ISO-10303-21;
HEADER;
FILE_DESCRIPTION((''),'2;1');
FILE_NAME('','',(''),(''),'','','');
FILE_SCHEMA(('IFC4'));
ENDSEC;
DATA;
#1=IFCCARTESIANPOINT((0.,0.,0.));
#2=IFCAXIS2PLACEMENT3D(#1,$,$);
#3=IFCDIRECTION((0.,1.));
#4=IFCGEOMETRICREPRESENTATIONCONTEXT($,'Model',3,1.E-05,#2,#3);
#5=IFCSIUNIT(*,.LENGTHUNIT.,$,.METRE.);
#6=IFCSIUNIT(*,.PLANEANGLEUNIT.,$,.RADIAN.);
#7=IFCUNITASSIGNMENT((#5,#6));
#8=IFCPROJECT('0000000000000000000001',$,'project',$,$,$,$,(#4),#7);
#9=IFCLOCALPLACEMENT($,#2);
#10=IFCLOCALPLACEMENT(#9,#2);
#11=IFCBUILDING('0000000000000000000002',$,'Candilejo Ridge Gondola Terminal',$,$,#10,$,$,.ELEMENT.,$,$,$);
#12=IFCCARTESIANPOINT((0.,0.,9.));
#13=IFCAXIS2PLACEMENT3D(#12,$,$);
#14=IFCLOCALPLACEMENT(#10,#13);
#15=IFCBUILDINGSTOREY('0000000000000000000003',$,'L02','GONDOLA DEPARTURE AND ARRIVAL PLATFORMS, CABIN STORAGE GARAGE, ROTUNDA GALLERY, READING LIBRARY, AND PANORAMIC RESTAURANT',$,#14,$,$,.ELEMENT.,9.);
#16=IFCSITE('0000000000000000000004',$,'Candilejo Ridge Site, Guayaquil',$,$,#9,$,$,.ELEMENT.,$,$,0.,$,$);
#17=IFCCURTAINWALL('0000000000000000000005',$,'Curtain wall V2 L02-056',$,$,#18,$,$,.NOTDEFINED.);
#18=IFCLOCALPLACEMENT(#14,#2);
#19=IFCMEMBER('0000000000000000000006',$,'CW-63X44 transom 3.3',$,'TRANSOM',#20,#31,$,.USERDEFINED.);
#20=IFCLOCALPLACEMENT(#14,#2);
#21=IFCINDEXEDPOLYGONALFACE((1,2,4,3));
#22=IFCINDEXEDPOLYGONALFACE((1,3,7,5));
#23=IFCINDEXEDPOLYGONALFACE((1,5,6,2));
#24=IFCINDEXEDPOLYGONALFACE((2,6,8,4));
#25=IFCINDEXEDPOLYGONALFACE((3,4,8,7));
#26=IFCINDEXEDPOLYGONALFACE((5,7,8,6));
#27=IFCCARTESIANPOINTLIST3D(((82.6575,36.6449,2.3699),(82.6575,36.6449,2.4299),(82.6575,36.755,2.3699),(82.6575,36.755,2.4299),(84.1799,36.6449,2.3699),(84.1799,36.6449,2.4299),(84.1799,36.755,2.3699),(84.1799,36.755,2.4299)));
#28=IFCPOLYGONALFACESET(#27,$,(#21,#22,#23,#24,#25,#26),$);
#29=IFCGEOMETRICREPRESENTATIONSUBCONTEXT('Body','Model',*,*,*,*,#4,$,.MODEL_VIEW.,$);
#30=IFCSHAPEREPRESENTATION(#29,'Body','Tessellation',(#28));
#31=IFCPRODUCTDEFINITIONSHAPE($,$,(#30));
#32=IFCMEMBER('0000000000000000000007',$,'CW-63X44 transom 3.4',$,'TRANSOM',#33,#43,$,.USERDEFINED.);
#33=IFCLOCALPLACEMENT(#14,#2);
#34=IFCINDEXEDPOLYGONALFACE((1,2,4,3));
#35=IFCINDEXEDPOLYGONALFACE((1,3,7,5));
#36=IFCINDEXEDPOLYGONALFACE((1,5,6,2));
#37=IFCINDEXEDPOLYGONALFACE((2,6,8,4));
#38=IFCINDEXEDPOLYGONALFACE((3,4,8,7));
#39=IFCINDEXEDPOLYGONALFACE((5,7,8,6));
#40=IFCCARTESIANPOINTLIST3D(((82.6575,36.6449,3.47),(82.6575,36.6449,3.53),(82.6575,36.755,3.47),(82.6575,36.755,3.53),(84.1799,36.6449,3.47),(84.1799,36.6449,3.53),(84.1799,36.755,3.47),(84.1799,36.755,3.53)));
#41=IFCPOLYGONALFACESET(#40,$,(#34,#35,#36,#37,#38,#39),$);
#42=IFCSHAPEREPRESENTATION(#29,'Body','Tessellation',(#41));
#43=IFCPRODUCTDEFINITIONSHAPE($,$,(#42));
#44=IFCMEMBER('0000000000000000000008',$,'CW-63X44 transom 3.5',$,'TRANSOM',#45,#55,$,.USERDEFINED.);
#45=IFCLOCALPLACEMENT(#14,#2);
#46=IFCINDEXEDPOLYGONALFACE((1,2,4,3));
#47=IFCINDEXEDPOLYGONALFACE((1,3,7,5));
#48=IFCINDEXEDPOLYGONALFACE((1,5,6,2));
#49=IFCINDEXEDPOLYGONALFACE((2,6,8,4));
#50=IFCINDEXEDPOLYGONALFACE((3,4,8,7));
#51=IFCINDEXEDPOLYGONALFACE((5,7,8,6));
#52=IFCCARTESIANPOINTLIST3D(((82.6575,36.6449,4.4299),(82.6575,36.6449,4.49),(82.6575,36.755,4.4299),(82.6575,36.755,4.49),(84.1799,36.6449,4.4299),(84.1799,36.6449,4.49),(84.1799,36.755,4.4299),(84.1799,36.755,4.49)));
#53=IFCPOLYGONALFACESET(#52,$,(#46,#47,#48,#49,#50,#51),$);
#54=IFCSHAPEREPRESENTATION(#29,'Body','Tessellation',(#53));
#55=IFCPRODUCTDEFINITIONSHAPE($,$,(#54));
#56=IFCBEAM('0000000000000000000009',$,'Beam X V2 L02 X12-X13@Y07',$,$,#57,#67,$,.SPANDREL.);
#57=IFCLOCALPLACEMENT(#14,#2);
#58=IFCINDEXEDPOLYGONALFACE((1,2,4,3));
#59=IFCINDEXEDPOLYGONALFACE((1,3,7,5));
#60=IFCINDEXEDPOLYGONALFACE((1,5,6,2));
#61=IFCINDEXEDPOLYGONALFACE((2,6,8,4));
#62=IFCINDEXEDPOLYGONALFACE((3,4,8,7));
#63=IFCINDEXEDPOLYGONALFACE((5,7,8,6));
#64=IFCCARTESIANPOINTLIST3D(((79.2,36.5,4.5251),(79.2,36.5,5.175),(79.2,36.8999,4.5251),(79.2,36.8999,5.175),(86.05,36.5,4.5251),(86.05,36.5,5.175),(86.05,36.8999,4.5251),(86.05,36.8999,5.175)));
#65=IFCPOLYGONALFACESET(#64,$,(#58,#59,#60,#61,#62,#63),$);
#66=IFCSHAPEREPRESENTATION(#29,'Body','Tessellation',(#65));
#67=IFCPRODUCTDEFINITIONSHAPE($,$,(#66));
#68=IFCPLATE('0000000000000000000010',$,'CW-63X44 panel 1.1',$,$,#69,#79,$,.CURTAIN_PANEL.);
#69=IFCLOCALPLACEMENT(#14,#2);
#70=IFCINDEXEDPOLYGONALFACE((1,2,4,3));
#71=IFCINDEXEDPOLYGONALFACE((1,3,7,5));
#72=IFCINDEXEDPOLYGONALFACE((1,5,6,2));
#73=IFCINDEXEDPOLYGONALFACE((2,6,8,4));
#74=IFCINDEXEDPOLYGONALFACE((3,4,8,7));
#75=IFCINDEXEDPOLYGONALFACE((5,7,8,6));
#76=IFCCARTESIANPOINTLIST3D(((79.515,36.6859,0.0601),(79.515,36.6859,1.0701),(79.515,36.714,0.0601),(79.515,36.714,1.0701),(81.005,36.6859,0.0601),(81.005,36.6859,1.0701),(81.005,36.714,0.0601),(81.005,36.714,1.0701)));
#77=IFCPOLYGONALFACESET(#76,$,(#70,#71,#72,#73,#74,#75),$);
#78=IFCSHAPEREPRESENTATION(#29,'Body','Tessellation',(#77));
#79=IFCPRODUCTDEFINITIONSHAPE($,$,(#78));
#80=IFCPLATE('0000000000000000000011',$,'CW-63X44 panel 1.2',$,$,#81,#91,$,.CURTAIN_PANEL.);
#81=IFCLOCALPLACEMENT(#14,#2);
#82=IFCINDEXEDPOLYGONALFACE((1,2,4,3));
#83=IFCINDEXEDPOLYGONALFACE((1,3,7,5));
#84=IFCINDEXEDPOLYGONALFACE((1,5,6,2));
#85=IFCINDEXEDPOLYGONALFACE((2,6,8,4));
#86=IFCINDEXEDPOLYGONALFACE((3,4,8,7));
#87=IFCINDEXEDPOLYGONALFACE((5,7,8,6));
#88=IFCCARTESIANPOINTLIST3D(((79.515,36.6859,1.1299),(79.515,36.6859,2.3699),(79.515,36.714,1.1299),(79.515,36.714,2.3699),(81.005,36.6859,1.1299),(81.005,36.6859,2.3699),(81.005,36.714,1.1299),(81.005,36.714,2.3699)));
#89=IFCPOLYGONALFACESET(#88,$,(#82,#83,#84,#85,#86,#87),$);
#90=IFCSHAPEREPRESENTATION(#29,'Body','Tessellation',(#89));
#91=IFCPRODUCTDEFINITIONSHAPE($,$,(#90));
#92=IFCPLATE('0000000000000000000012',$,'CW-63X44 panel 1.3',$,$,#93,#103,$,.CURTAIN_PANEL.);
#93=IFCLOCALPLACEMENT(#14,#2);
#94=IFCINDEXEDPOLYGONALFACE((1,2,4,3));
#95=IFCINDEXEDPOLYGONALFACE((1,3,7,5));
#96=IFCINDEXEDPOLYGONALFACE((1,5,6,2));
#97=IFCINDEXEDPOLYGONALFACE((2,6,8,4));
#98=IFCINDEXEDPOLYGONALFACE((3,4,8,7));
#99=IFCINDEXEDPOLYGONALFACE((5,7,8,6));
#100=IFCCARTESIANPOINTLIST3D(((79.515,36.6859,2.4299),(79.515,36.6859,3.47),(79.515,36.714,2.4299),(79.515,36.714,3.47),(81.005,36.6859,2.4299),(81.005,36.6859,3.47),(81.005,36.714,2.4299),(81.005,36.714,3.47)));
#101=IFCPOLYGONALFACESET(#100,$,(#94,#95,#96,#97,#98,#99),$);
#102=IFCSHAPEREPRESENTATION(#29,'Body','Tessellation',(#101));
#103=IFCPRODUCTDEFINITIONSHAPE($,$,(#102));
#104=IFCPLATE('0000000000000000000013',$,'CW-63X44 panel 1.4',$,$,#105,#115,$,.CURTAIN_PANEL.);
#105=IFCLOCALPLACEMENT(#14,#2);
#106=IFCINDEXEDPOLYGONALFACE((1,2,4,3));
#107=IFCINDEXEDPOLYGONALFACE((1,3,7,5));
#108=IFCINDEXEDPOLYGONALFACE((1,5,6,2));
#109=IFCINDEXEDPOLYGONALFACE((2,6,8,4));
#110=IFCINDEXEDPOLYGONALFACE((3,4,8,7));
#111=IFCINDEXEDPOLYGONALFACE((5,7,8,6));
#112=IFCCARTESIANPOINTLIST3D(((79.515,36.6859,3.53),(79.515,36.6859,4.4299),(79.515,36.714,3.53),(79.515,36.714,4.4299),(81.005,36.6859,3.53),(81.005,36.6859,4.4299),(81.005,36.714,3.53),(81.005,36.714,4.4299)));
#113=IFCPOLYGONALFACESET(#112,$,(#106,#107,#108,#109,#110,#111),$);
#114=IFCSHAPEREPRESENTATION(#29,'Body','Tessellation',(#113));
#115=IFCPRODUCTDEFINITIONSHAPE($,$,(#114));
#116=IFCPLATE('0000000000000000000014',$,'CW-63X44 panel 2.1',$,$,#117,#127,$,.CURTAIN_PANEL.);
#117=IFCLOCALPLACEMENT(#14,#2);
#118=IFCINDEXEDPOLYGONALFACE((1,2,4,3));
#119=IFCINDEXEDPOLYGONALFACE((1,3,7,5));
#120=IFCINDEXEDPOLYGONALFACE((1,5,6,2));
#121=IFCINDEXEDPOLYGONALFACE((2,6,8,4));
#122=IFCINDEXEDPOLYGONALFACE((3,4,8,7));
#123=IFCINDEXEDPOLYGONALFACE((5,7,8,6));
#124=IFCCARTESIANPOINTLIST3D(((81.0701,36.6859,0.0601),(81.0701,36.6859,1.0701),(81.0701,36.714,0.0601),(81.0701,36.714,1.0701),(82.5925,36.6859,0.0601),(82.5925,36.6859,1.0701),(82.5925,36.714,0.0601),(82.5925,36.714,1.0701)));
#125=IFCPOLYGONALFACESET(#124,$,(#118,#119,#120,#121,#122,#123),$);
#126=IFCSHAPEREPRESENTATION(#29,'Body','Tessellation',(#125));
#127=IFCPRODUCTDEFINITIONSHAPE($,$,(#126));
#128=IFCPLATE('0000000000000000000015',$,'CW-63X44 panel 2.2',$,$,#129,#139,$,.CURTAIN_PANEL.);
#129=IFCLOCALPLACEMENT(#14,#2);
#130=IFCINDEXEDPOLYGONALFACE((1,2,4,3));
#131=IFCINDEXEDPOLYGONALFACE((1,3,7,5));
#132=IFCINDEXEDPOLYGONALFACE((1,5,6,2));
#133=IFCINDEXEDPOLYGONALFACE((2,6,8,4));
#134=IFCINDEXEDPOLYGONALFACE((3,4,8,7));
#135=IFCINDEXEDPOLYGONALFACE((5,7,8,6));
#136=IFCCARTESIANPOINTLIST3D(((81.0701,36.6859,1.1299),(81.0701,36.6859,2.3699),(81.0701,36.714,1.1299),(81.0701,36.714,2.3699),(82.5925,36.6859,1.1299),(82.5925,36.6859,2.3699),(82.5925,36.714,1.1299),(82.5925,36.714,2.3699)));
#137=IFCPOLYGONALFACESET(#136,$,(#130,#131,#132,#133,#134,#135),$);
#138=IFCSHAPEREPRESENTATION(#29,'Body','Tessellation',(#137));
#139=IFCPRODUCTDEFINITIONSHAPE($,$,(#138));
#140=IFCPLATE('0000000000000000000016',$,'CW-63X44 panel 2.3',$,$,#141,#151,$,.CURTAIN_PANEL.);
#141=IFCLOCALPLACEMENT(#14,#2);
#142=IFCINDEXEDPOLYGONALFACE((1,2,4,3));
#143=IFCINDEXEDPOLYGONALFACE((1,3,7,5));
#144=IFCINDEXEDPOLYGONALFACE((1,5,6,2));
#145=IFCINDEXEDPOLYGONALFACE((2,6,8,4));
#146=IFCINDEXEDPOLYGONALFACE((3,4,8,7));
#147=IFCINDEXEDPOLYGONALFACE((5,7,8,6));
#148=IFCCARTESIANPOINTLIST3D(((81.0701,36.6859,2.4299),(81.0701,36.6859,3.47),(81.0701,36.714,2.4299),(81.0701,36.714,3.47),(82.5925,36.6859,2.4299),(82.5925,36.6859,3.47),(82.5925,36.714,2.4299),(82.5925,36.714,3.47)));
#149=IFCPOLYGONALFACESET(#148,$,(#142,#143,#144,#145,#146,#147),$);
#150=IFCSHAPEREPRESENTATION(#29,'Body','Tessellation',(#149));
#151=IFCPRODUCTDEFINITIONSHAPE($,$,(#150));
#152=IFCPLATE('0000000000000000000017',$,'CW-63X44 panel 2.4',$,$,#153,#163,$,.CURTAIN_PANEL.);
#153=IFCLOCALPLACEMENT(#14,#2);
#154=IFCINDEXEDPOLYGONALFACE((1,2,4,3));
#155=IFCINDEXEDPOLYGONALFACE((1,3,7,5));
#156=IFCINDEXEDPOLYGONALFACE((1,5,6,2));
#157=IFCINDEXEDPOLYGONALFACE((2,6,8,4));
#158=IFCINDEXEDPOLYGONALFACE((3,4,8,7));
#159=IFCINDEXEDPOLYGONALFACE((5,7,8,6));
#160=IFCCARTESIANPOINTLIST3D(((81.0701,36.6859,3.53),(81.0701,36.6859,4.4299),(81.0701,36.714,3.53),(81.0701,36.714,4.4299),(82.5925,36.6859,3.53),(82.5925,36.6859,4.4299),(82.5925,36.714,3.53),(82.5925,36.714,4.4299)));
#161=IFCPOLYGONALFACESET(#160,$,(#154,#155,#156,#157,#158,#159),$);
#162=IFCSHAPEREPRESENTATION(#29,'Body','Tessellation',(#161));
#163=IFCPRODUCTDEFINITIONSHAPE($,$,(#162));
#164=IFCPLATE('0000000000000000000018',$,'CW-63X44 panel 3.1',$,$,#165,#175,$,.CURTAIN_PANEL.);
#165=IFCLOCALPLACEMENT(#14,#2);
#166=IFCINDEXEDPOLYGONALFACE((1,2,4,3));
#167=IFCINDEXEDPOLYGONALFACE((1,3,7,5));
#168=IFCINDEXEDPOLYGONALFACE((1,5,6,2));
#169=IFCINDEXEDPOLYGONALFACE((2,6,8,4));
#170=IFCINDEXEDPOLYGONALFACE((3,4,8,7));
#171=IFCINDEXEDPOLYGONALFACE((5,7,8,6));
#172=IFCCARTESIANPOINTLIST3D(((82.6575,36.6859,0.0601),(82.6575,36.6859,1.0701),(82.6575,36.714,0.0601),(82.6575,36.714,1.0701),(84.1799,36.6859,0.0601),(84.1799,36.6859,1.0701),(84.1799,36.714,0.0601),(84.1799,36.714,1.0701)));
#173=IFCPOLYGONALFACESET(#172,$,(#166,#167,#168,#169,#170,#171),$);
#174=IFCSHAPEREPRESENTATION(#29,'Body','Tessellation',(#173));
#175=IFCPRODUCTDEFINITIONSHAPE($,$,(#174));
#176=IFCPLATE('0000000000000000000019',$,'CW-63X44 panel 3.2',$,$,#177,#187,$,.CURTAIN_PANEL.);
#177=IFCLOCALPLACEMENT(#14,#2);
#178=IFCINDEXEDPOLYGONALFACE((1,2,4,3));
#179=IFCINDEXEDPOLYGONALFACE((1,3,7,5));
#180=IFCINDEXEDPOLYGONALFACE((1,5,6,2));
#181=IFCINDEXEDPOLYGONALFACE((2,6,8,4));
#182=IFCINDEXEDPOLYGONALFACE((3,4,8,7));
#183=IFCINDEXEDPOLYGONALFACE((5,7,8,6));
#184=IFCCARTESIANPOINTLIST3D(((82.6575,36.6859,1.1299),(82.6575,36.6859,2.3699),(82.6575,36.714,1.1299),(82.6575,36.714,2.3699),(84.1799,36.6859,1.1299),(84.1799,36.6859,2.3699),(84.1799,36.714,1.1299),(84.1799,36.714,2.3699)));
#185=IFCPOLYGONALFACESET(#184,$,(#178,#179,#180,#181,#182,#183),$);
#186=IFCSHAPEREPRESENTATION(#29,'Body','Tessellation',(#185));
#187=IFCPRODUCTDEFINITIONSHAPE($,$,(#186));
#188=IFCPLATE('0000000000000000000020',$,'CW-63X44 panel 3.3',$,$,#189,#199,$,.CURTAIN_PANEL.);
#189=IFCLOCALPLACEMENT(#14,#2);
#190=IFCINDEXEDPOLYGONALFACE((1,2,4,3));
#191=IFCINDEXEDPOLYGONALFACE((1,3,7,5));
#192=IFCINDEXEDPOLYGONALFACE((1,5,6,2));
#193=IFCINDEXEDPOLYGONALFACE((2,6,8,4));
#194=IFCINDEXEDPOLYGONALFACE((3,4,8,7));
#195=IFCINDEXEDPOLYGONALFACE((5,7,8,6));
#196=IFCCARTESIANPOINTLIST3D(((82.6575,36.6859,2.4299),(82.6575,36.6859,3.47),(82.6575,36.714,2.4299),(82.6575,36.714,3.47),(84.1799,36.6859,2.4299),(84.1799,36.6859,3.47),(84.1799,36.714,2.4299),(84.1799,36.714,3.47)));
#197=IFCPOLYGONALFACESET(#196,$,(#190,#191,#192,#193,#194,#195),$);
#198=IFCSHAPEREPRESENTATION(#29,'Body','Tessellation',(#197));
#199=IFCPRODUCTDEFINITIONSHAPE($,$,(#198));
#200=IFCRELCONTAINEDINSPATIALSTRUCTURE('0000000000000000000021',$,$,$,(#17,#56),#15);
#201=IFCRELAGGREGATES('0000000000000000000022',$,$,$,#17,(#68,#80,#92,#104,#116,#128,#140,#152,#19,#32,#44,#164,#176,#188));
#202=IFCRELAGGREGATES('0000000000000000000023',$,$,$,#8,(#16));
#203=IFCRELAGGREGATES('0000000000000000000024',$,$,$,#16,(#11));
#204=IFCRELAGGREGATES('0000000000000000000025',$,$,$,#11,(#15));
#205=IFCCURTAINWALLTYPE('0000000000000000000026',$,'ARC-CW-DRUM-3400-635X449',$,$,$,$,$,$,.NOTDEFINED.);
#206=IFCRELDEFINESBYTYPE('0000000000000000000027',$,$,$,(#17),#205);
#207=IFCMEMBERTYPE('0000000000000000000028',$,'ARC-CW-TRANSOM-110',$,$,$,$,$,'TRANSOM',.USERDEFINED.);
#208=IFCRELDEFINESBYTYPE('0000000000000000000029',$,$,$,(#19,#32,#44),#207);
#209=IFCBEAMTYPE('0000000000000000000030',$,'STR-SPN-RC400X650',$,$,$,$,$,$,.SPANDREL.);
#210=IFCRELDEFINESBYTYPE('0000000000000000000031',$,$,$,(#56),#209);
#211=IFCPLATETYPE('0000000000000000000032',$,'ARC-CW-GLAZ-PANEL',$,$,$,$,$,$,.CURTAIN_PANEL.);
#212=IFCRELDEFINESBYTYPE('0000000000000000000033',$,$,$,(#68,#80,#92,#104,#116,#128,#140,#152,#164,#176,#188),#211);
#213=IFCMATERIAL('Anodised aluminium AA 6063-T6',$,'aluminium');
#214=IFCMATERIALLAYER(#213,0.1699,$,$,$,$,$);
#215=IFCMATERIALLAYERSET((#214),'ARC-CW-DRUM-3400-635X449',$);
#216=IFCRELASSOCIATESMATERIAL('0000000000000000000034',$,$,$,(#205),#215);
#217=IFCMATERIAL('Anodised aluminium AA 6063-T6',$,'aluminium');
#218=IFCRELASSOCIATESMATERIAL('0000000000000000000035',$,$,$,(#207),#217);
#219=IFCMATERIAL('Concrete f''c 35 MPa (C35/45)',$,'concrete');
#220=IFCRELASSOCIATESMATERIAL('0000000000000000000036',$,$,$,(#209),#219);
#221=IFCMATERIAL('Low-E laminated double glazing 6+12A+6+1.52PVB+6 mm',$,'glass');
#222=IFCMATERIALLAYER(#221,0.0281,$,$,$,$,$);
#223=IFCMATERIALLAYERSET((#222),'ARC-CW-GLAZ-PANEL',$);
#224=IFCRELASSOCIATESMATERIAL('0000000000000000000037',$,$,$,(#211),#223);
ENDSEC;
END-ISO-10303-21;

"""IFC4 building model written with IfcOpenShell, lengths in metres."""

from ifc_helpers import new_model, si_unit, direction, frame, origin, origin_2d, place, context, subcontext, project, spatial, rectangle, extrude, material, layer, layer_set, material_profile, profile_set, type_object, element, aggregate, save


model = new_model("IFC4")

# Units and contexts
model_context = context("Model", 3, precision=1e-05, world=origin(), true_north=direction((0.0, 1.0)))
body_context = subcontext(model_context, "Body", "Model", "MODEL_VIEW")
ifc_project = project(units=[si_unit("LENGTHUNIT", "METRE"), si_unit("PLANEANGLEUNIT", "RADIAN")], contexts=[model_context])

# Site, building, storey
site_placement = place(None, origin())
site = spatial("IfcSite", under=ifc_project, at=site_placement, Name="Candilejo Ridge Site, Guayaquil", CompositionType="ELEMENT", RefElevation=0.0)
building_placement = place(site_placement, origin())
building = spatial("IfcBuilding", under=site, at=building_placement, Name="Candilejo Ridge Gondola Terminal", CompositionType="ELEMENT")
storey_placement = place(building_placement, frame((0.0, 0.0, 9.0)))
storey = spatial("IfcBuildingStorey", under=building, at=storey_placement, Name="L02", Description="GONDOLA DEPARTURE AND ARRIVAL PLATFORMS, CABIN STORAGE GARAGE, ROTUNDA GALLERY, READING LIBRARY, AND PANORAMIC RESTAURANT", CompositionType="ELEMENT", Elevation=9.0)

# Curtain wall, members
ifc_material_1 = material(Name="Anodised aluminium AA 6063-T6", Category="aluminium")
ifc_layer_1 = layer(ifc_material_1, 0.1699)
ifc_layer_set_1 = layer_set([ifc_layer_1], Name="ARC-CW-DRUM-3400-635X449")
curtain_wall_type = type_object("IfcCurtainWallType", Name="ARC-CW-DRUM-3400-635X449", PredefinedType="NOTDEFINED", material=ifc_layer_set_1)
curtain_wall_placement = place(storey_placement, origin())
curtain_wall = element("IfcCurtainWall", 1, at=curtain_wall_placement, inside=storey, type_object=curtain_wall_type, Name="Curtain wall V2 L02-056", PredefinedType="NOTDEFINED")
ifc_material_2 = material(Name="Anodised aluminium AA 6063-T6", Category="aluminium")
ifc_material_profile_1 = material_profile(ifc_material_2, rectangle(XDim=0.1101, YDim=0.0601, at=origin_2d()))
ifc_profile_set_1 = profile_set([ifc_material_profile_1], Name="Anodised aluminium AA 6063-T6")
member_type_1 = type_object("IfcMemberType", Name="ARC-CW-TRANSOM-110", ElementType="TRANSOM", PredefinedType="USERDEFINED", material=ifc_profile_set_1)
member_1_placement = place(storey_placement, frame((82.6575, 36.7, 2.3999), z_axis=(1.0, 0.0, 0.0), x_axis=(0.0, 1.0, 0.0)))
member_1 = element("IfcMember", 2, at=member_1_placement, type_object=member_type_1, Name="CW-63X44 transom 3.3", ObjectType="TRANSOM", PredefinedType="USERDEFINED", context=body_context, shape_type="SweptSolid", body=[
    extrude(rectangle(XDim=0.1101, YDim=0.0601, at=origin_2d()), origin(), (0.0, 0.0, 1.0), 1.5225),
])
member_2_placement = place(storey_placement, frame((82.6575, 36.7, 3.5), z_axis=(1.0, 0.0, 0.0), x_axis=(0.0, 1.0, 0.0)))
member_2 = element("IfcMember", 3, at=member_2_placement, type_object=member_type_1, Name="CW-63X44 transom 3.4", ObjectType="TRANSOM", PredefinedType="USERDEFINED", context=body_context, shape_type="SweptSolid", body=[
    extrude(rectangle(XDim=0.1101, YDim=0.0601, at=origin_2d()), origin(), (0.0, 0.0, 1.0), 1.5225),
])
member_3_placement = place(storey_placement, frame((82.6575, 36.7, 4.46), z_axis=(1.0, 0.0, 0.0), x_axis=(0.0, 1.0, 0.0)))
member_3 = element("IfcMember", 4, at=member_3_placement, type_object=member_type_1, Name="CW-63X44 transom 3.5", ObjectType="TRANSOM", PredefinedType="USERDEFINED", context=body_context, shape_type="SweptSolid", body=[
    extrude(rectangle(XDim=0.1101, YDim=0.0601, at=origin_2d()), origin(), (0.0, 0.0, 1.0), 1.5225),
])

# Beam
ifc_material_3 = material(Name="Concrete f'c 35 MPa (C35/45)", Category="concrete")
ifc_material_profile_2 = material_profile(ifc_material_3, rectangle(XDim=0.3999, YDim=0.6499, at=origin_2d()))
ifc_profile_set_2 = profile_set([ifc_material_profile_2], Name="Concrete f'c 35 MPa (C35/45)")
beam_type = type_object("IfcBeamType", Name="STR-SPN-RC400X650", PredefinedType="SPANDREL", material=ifc_profile_set_2)
beam_placement = place(storey_placement, frame((79.2, 36.7, 4.8501), z_axis=(1.0, 0.0, 0.0), x_axis=(0.0, 1.0, 0.0)))
element("IfcBeam", 5, at=beam_placement, inside=storey, type_object=beam_type, Name="Beam X V2 L02 X12-X13@Y07", PredefinedType="SPANDREL", context=body_context, shape_type="SweptSolid", body=[
    extrude(rectangle(XDim=0.3999, YDim=0.6499, at=origin_2d()), origin(), (0.0, 0.0, 1.0), 6.8501),
])

# Plates
ifc_material_4 = material(Name="Low-E laminated double glazing 6+12A+6+1.52PVB+6 mm", Category="glass")
ifc_layer_2 = layer(ifc_material_4, 0.0281)
ifc_layer_set_2 = layer_set([ifc_layer_2], Name="ARC-CW-GLAZ-PANEL")
plate_type = type_object("IfcPlateType", Name="ARC-CW-GLAZ-PANEL", PredefinedType="CURTAIN_PANEL", material=ifc_layer_set_2)
plate_1_placement = place(storey_placement, frame((80.26, 36.7, 0.0601), z_axis=(0.0, 0.0, 1.0), x_axis=(1.0, 0.0, 0.0)))
plate_1 = element("IfcPlate", 6, at=plate_1_placement, type_object=plate_type, Name="CW-63X44 panel 1.1", PredefinedType="CURTAIN_PANEL", context=body_context, shape_type="SweptSolid", body=[
    extrude(rectangle(XDim=1.49, YDim=0.0281, at=origin_2d()), origin(), (0.0, 0.0, 1.0), 1.01),
])
plate_2_placement = place(storey_placement, frame((80.26, 36.7, 1.1299), z_axis=(0.0, 0.0, 1.0), x_axis=(1.0, 0.0, 0.0)))
plate_2 = element("IfcPlate", 7, at=plate_2_placement, type_object=plate_type, Name="CW-63X44 panel 1.2", PredefinedType="CURTAIN_PANEL", context=body_context, shape_type="SweptSolid", body=[
    extrude(rectangle(XDim=1.49, YDim=0.0281, at=origin_2d()), origin(), (0.0, 0.0, 1.0), 1.24),
])
plate_3_placement = place(storey_placement, frame((80.26, 36.7, 2.4299), z_axis=(0.0, 0.0, 1.0), x_axis=(1.0, 0.0, 0.0)))
plate_3 = element("IfcPlate", 8, at=plate_3_placement, type_object=plate_type, Name="CW-63X44 panel 1.3", PredefinedType="CURTAIN_PANEL", context=body_context, shape_type="SweptSolid", body=[
    extrude(rectangle(XDim=1.49, YDim=0.0281, at=origin_2d()), origin(), (0.0, 0.0, 1.0), 1.04),
])
plate_4_placement = place(storey_placement, frame((80.26, 36.7, 3.53), z_axis=(0.0, 0.0, 1.0), x_axis=(1.0, 0.0, 0.0)))
plate_4 = element("IfcPlate", 9, at=plate_4_placement, type_object=plate_type, Name="CW-63X44 panel 1.4", PredefinedType="CURTAIN_PANEL", context=body_context, shape_type="SweptSolid", body=[
    extrude(rectangle(XDim=1.49, YDim=0.0281, at=origin_2d()), origin(), (0.0, 0.0, 1.0), 0.8999),
])
plate_5_placement = place(storey_placement, frame((81.8313, 36.7, 0.0601), z_axis=(0.0, 0.0, 1.0), x_axis=(1.0, 0.0, 0.0)))
plate_5 = element("IfcPlate", 10, at=plate_5_placement, type_object=plate_type, Name="CW-63X44 panel 2.1", PredefinedType="CURTAIN_PANEL", context=body_context, shape_type="SweptSolid", body=[
    extrude(rectangle(XDim=1.5225, YDim=0.0281, at=origin_2d()), origin(), (0.0, 0.0, 1.0), 1.01),
])
plate_6_placement = place(storey_placement, frame((81.8313, 36.7, 1.1299), z_axis=(0.0, 0.0, 1.0), x_axis=(1.0, 0.0, 0.0)))
plate_6 = element("IfcPlate", 11, at=plate_6_placement, type_object=plate_type, Name="CW-63X44 panel 2.2", PredefinedType="CURTAIN_PANEL", context=body_context, shape_type="SweptSolid", body=[
    extrude(rectangle(XDim=1.5225, YDim=0.0281, at=origin_2d()), origin(), (0.0, 0.0, 1.0), 1.24),
])
plate_7_placement = place(storey_placement, frame((81.8313, 36.7, 2.4299), z_axis=(0.0, 0.0, 1.0), x_axis=(1.0, 0.0, 0.0)))
plate_7 = element("IfcPlate", 12, at=plate_7_placement, type_object=plate_type, Name="CW-63X44 panel 2.3", PredefinedType="CURTAIN_PANEL", context=body_context, shape_type="SweptSolid", body=[
    extrude(rectangle(XDim=1.5225, YDim=0.0281, at=origin_2d()), origin(), (0.0, 0.0, 1.0), 1.04),
])
plate_8_placement = place(storey_placement, frame((81.8313, 36.7, 3.53), z_axis=(0.0, 0.0, 1.0), x_axis=(1.0, 0.0, 0.0)))
plate_8 = element("IfcPlate", 13, at=plate_8_placement, type_object=plate_type, Name="CW-63X44 panel 2.4", PredefinedType="CURTAIN_PANEL", context=body_context, shape_type="SweptSolid", body=[
    extrude(rectangle(XDim=1.5225, YDim=0.0281, at=origin_2d()), origin(), (0.0, 0.0, 1.0), 0.8999),
])
plate_9_placement = place(storey_placement, frame((83.4187, 36.7, 0.0601), z_axis=(0.0, 0.0, 1.0), x_axis=(1.0, 0.0, 0.0)))
plate_9 = element("IfcPlate", 14, at=plate_9_placement, type_object=plate_type, Name="CW-63X44 panel 3.1", PredefinedType="CURTAIN_PANEL", context=body_context, shape_type="SweptSolid", body=[
    extrude(rectangle(XDim=1.5225, YDim=0.0281, at=origin_2d()), origin(), (0.0, 0.0, 1.0), 1.01),
])
plate_10_placement = place(storey_placement, frame((83.4187, 36.7, 1.1299), z_axis=(0.0, 0.0, 1.0), x_axis=(1.0, 0.0, 0.0)))
plate_10 = element("IfcPlate", 15, at=plate_10_placement, type_object=plate_type, Name="CW-63X44 panel 3.2", PredefinedType="CURTAIN_PANEL", context=body_context, shape_type="SweptSolid", body=[
    extrude(rectangle(XDim=1.5225, YDim=0.0281, at=origin_2d()), origin(), (0.0, 0.0, 1.0), 1.24),
])
plate_11_placement = place(storey_placement, frame((83.4187, 36.7, 2.4299), z_axis=(0.0, 0.0, 1.0), x_axis=(1.0, 0.0, 0.0)))
plate_11 = element("IfcPlate", 16, at=plate_11_placement, type_object=plate_type, Name="CW-63X44 panel 3.3", PredefinedType="CURTAIN_PANEL", context=body_context, shape_type="SweptSolid", body=[
    extrude(rectangle(XDim=1.5225, YDim=0.0281, at=origin_2d()), origin(), (0.0, 0.0, 1.0), 1.04),
])
aggregate(curtain_wall, [plate_1, plate_2, plate_3, plate_4, plate_5, plate_6, plate_7, plate_8, member_1, member_2, member_3, plate_9, plate_10, plate_11])

save(model, "model.ifc")
